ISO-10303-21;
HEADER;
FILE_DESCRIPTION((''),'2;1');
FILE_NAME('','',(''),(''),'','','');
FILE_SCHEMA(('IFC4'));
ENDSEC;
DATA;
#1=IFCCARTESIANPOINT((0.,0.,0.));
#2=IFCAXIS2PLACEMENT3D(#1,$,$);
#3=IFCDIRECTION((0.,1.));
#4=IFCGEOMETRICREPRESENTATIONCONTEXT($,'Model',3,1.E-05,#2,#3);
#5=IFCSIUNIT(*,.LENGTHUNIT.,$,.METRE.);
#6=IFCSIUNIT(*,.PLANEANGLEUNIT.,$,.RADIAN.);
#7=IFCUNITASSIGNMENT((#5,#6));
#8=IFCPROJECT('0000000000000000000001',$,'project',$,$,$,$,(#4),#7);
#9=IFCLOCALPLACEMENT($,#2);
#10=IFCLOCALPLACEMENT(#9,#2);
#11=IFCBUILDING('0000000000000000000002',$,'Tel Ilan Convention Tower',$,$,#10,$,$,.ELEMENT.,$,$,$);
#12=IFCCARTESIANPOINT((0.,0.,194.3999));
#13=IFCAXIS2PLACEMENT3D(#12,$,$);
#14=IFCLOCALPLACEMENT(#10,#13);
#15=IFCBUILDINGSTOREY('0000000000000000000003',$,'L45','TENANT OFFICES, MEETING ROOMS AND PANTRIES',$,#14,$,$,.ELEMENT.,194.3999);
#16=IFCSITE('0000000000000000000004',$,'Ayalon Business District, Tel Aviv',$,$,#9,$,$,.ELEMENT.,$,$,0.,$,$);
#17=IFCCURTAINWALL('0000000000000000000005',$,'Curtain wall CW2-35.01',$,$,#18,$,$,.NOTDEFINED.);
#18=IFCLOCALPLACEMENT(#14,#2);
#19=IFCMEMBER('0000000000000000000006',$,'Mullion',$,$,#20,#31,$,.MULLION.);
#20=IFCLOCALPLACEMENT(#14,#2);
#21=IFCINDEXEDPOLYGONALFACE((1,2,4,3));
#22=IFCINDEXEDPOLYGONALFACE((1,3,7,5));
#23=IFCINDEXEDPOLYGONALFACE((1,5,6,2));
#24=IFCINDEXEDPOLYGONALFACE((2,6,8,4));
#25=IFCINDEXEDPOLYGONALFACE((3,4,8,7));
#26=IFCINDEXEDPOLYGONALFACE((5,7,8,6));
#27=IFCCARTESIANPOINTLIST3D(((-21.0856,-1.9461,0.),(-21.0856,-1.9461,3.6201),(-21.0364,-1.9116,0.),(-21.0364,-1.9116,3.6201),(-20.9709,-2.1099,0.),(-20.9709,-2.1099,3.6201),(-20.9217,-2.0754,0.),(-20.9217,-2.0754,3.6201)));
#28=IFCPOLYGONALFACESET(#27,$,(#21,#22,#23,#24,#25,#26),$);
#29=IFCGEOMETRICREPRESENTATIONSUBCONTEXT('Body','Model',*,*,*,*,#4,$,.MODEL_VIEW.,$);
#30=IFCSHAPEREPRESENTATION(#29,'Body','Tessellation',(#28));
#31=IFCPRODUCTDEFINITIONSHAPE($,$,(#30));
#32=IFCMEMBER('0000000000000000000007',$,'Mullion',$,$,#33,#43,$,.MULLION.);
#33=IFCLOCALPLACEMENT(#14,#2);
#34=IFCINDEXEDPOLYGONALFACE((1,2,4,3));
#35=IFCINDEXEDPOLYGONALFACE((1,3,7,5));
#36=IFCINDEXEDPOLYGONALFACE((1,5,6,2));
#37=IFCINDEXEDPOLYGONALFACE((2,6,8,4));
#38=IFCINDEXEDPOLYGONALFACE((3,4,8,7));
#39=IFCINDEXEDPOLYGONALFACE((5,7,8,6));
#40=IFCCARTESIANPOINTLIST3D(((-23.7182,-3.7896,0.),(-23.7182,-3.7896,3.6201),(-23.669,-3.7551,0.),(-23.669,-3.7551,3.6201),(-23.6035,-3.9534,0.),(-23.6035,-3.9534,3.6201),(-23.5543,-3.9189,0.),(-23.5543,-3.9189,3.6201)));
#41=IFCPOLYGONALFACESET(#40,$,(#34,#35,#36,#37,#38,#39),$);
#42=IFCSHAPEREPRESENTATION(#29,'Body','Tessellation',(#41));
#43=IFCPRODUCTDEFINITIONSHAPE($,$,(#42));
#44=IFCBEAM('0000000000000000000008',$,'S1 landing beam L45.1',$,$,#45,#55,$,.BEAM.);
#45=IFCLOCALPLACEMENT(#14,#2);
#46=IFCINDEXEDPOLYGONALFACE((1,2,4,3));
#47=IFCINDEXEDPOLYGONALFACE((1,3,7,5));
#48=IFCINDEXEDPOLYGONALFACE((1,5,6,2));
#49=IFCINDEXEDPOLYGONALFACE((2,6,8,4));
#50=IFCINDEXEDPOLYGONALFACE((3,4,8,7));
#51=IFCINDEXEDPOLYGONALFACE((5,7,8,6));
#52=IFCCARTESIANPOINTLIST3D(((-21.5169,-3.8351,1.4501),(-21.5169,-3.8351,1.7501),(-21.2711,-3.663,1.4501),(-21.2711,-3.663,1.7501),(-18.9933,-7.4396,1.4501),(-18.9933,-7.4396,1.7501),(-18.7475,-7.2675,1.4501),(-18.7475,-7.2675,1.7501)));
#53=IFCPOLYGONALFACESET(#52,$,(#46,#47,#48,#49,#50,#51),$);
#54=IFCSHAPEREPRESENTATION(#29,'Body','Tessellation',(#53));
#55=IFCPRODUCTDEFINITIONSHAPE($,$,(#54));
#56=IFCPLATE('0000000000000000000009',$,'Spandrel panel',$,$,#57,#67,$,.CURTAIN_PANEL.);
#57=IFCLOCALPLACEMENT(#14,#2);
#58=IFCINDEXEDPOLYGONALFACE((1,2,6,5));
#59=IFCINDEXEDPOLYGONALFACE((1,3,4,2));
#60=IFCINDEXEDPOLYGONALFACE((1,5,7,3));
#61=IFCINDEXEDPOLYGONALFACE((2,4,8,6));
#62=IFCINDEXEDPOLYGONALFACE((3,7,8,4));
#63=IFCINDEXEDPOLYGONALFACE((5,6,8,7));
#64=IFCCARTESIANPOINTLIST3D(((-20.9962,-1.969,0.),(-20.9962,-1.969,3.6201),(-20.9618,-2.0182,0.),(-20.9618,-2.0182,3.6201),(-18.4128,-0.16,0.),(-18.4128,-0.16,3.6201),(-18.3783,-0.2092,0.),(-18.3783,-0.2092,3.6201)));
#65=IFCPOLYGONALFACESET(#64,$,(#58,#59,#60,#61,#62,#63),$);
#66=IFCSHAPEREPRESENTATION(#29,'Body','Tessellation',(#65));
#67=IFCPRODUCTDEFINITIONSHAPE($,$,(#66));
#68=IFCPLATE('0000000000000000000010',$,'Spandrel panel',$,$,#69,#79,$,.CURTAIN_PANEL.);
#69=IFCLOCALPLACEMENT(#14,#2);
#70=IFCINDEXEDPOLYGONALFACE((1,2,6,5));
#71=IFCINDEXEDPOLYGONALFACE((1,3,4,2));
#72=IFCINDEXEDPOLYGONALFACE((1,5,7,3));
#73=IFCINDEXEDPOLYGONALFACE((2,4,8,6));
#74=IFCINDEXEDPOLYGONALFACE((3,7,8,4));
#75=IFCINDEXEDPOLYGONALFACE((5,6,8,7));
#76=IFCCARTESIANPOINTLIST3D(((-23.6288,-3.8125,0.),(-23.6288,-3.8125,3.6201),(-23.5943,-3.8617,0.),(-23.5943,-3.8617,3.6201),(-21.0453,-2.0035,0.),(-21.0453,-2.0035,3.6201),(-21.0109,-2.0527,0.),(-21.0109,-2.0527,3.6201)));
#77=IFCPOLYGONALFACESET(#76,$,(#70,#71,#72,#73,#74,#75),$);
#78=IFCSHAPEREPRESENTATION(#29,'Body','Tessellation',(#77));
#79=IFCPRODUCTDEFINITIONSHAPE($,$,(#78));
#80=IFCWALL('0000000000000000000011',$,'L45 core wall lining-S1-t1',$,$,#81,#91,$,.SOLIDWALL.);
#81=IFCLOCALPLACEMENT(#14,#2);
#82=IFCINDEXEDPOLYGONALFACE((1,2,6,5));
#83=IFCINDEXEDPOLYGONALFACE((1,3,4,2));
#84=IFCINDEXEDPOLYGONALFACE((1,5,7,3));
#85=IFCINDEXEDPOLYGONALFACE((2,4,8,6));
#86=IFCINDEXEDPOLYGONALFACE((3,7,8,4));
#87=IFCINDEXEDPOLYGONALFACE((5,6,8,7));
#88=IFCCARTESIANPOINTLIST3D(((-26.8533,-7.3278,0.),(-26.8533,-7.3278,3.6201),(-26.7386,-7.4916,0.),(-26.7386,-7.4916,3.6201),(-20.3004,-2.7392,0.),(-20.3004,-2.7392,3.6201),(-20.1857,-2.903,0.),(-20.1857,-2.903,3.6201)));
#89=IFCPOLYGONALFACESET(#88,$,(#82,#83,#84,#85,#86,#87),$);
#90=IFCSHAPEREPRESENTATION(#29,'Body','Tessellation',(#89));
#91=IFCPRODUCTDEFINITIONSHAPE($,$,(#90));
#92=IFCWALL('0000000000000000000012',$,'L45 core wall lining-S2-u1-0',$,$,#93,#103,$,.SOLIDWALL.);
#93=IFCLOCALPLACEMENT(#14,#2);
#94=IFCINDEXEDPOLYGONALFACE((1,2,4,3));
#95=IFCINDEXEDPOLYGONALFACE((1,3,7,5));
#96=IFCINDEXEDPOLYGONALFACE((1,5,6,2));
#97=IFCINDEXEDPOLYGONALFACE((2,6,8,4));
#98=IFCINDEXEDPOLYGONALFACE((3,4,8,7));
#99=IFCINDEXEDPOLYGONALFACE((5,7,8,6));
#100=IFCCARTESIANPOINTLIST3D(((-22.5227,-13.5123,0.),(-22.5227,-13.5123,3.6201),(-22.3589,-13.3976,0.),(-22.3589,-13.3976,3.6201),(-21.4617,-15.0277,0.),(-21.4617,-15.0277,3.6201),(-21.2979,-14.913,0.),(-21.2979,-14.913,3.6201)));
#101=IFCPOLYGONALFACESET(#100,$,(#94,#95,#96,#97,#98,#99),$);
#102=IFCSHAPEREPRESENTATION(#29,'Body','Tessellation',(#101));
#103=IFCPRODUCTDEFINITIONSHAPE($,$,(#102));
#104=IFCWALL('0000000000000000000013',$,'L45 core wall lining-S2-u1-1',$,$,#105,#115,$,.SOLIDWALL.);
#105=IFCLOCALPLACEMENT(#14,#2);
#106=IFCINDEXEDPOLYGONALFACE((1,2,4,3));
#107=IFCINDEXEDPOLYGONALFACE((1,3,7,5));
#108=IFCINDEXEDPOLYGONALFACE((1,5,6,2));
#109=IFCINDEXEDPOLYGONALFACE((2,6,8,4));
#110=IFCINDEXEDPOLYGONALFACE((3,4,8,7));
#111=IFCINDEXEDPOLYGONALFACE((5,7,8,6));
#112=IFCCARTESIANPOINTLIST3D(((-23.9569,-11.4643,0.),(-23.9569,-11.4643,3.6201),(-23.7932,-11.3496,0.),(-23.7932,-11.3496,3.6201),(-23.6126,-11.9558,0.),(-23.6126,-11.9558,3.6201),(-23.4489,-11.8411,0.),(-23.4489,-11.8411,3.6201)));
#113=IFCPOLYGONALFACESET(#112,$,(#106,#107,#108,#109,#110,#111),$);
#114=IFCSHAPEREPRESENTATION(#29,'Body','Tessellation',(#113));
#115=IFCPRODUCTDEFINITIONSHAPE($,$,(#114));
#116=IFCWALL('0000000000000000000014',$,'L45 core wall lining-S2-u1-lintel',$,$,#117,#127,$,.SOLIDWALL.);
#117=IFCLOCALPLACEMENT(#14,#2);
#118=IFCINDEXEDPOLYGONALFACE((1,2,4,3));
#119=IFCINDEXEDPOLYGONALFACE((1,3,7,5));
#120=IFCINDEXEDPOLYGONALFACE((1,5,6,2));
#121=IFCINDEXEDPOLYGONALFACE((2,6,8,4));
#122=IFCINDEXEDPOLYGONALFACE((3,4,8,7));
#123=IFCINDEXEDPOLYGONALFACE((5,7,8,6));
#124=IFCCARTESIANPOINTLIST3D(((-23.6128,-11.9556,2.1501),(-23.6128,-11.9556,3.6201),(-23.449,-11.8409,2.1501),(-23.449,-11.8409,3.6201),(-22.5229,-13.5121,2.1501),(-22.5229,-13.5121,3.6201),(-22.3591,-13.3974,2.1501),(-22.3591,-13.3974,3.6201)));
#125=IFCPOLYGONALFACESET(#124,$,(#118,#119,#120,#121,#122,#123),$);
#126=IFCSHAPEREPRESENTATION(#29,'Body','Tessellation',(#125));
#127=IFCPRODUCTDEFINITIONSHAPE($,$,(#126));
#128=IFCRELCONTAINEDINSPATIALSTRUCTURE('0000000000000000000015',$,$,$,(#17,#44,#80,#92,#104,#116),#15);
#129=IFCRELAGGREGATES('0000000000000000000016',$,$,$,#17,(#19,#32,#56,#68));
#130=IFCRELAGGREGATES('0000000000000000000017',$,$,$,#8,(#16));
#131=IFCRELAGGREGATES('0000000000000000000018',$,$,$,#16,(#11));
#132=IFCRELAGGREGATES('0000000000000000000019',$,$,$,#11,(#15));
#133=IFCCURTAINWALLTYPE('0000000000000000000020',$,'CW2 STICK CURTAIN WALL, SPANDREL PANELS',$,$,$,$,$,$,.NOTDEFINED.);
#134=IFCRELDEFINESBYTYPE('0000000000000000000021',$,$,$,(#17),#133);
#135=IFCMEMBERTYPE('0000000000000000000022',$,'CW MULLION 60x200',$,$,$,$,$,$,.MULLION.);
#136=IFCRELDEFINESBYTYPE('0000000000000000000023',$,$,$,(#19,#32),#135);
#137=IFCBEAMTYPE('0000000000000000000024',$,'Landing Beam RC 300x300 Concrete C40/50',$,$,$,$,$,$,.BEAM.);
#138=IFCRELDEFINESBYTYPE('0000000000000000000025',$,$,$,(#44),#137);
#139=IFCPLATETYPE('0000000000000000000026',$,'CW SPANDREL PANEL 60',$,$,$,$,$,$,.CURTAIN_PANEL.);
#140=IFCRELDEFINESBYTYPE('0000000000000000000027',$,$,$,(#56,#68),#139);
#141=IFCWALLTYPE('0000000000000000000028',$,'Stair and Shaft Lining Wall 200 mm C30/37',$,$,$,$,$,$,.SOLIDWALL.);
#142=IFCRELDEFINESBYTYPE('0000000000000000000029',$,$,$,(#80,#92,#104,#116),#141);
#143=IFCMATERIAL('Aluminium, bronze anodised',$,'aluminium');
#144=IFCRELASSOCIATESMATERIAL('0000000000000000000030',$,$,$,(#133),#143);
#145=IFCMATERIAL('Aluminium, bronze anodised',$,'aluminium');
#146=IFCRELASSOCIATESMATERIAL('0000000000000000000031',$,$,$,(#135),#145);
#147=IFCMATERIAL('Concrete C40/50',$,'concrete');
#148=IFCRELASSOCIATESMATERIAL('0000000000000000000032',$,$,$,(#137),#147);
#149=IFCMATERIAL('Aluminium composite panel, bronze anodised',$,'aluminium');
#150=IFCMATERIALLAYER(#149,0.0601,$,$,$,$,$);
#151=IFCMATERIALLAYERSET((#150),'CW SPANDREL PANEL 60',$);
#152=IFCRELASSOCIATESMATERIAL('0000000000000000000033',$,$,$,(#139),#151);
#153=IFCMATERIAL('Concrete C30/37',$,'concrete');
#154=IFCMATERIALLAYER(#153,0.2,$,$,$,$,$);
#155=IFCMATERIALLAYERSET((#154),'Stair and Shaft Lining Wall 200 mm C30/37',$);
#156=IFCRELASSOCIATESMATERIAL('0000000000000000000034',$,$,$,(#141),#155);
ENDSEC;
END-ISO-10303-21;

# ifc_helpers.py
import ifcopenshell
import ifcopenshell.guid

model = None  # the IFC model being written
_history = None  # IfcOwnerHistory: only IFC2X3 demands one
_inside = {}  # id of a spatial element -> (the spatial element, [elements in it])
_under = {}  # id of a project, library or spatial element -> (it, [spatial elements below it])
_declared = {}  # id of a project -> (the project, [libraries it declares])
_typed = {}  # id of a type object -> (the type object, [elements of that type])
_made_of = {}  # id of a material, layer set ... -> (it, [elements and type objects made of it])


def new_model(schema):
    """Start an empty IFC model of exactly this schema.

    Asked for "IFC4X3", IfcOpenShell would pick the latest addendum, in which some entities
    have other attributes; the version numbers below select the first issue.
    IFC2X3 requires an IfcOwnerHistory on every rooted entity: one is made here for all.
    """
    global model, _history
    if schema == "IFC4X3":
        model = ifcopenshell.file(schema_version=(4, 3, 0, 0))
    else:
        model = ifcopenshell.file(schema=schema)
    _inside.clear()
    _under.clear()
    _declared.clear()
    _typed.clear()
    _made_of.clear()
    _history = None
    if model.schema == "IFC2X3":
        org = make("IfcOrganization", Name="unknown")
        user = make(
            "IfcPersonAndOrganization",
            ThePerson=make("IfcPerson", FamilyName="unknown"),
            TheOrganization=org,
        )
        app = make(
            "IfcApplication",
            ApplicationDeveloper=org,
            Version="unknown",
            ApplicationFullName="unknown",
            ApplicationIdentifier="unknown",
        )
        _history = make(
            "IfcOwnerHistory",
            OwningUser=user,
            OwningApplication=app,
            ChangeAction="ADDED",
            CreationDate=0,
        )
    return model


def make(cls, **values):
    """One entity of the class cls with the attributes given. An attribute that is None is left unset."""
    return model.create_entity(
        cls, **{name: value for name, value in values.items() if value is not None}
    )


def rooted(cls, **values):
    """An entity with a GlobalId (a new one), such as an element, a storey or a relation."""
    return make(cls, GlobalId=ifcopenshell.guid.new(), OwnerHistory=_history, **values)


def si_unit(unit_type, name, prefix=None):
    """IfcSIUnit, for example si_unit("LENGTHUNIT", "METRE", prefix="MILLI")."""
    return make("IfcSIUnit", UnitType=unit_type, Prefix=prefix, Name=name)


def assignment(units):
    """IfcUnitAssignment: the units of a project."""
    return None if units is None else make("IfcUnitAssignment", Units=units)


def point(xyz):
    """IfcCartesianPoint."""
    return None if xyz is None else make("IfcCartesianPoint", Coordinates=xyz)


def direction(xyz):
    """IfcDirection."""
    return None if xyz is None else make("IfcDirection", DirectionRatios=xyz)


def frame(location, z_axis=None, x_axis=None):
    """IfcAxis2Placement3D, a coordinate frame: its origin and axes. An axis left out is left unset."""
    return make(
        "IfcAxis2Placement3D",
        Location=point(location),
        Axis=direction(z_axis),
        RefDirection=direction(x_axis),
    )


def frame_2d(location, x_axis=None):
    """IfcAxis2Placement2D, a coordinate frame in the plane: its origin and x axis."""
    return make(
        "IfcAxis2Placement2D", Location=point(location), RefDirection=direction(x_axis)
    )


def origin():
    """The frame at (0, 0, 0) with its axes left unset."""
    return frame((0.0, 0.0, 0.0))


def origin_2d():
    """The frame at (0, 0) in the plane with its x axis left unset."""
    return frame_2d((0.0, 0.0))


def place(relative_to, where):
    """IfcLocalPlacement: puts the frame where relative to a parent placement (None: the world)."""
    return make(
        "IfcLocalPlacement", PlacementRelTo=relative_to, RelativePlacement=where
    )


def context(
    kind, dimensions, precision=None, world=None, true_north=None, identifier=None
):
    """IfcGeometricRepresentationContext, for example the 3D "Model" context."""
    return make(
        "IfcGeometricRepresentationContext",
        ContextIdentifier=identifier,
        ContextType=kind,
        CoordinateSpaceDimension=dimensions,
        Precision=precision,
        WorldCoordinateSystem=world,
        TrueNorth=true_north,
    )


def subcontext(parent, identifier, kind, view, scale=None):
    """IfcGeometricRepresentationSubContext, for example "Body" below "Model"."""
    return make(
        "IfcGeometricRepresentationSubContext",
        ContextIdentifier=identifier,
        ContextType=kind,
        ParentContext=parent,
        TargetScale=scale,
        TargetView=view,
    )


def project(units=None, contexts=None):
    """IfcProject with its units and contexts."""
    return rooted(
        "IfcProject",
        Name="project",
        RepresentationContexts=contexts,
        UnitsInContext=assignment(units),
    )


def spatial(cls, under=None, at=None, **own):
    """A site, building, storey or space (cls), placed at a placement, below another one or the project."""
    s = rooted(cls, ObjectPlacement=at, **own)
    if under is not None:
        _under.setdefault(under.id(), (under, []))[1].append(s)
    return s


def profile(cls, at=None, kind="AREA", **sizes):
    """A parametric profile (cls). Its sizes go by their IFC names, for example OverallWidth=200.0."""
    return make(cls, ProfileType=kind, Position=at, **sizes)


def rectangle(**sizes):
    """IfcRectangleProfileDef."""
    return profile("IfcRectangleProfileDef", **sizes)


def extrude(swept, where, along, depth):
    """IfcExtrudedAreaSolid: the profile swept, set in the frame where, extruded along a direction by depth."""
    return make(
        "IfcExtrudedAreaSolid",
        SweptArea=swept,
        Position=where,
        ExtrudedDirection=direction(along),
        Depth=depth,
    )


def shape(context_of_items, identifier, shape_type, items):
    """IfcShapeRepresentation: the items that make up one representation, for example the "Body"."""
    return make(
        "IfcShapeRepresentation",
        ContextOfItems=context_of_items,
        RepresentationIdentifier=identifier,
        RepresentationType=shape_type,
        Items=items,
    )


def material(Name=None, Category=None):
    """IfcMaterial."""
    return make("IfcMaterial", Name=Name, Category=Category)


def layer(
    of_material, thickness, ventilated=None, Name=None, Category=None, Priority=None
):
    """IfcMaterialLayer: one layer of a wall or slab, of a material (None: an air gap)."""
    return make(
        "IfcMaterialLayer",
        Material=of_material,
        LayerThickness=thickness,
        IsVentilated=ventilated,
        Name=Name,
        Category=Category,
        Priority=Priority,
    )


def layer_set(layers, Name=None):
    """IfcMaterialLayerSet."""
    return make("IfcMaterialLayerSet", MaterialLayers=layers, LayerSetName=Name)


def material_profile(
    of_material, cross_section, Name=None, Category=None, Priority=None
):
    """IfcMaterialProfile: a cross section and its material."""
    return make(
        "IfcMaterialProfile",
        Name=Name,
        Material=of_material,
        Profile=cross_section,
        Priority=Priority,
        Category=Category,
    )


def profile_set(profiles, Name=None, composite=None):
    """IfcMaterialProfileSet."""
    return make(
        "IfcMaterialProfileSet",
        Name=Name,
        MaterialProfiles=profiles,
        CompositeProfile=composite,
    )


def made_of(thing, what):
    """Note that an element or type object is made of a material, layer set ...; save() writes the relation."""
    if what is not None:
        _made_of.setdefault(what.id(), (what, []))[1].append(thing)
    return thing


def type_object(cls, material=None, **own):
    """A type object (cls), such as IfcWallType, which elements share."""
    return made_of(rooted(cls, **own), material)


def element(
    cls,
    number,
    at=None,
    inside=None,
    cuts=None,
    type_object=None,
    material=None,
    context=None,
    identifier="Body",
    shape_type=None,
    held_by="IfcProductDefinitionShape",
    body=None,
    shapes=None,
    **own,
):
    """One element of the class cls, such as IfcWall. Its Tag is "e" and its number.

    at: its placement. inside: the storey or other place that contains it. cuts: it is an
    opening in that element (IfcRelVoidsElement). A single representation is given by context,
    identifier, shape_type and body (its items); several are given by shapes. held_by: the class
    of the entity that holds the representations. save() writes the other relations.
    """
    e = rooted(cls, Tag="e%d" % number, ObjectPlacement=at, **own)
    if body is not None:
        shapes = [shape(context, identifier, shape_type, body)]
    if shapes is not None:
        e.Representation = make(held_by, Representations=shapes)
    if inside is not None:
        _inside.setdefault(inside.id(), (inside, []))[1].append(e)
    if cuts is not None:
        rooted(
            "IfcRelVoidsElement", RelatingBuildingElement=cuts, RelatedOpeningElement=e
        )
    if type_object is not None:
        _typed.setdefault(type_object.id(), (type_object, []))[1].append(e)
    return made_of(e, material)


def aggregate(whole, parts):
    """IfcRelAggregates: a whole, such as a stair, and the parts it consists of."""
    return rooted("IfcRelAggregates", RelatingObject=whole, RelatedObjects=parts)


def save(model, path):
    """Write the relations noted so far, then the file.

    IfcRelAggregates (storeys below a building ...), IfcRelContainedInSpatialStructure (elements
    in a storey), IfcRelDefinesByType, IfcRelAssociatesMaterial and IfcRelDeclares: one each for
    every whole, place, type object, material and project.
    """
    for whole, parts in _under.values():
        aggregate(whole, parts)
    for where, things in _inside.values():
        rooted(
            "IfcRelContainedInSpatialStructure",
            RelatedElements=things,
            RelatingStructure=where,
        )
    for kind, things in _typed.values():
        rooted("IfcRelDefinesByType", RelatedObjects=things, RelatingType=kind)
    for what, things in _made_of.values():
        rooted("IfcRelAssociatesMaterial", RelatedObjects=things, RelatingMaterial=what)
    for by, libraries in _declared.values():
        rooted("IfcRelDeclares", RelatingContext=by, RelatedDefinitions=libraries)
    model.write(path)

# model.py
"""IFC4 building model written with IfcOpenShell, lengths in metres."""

from ifc_helpers import new_model, si_unit, direction, frame, frame_2d, origin, origin_2d, place, context, subcontext, project, spatial, rectangle, extrude, material, layer, layer_set, material_profile, profile_set, type_object, element, aggregate, save


model = new_model("IFC4")

# Units and contexts
model_context = context("Model", 3, precision=1e-05, world=origin(), true_north=direction((0.0, 1.0)))
body_context = subcontext(model_context, "Body", "Model", "MODEL_VIEW")
ifc_project = project(units=[si_unit("LENGTHUNIT", "METRE"), si_unit("PLANEANGLEUNIT", "RADIAN")], contexts=[model_context])

# Site, building, storey
site_placement = place(None, origin())
site = spatial("IfcSite", under=ifc_project, at=site_placement, Name="Ayalon Business District, Tel Aviv", CompositionType="ELEMENT", RefElevation=0.0)
building_placement = place(site_placement, origin())
building = spatial("IfcBuilding", under=site, at=building_placement, Name="Tel Ilan Convention Tower", CompositionType="ELEMENT")
storey_placement = place(building_placement, frame((0.0, 0.0, 194.3999)))
storey = spatial("IfcBuildingStorey", under=building, at=storey_placement, Name="L45", Description="TENANT OFFICES, MEETING ROOMS AND PANTRIES", CompositionType="ELEMENT", Elevation=194.3999)

# Curtain wall, members
ifc_material_1 = material(Name="Aluminium, bronze anodised", Category="aluminium")
curtain_wall_type = type_object("IfcCurtainWallType", Name="CW2 STICK CURTAIN WALL, SPANDREL PANELS", PredefinedType="NOTDEFINED", material=ifc_material_1)
curtain_wall_placement = place(storey_placement, origin())
curtain_wall = element("IfcCurtainWall", 1, at=curtain_wall_placement, inside=storey, type_object=curtain_wall_type, Name="Curtain wall CW2-35.01", PredefinedType="NOTDEFINED")
ifc_material_2 = material(Name="Aluminium, bronze anodised", Category="aluminium")
ifc_material_profile_1 = material_profile(ifc_material_2, rectangle(XDim=0.0601, YDim=0.2, at=origin_2d()), Name="CW MULLION 60x200")
ifc_profile_set_1 = profile_set([ifc_material_profile_1], Name="Aluminium, bronze anodised")
member_type = type_object("IfcMemberType", Name="CW MULLION 60x200", PredefinedType="MULLION", material=ifc_profile_set_1)
member_1_placement = place(storey_placement, frame((-21.0037, -2.0107, 0.0), z_axis=(0.0, 0.0, 1.0), x_axis=(-0.819152, -0.573576, 0.0)))
member_1 = element("IfcMember", 2, at=member_1_placement, type_object=member_type, Name="Mullion", PredefinedType="MULLION", context=body_context, shape_type="SweptSolid", body=[
    extrude(rectangle(XDim=0.0601, YDim=0.2, at=origin_2d()), origin(), (0.0, 0.0, 1.0), 3.6201),
])
member_2_placement = place(storey_placement, frame((-23.6362, -3.8542, 0.0), z_axis=(0.0, 0.0, 1.0), x_axis=(-0.819152, -0.573576, 0.0)))
member_2 = element("IfcMember", 3, at=member_2_placement, type_object=member_type, Name="Mullion", PredefinedType="MULLION", context=body_context, shape_type="SweptSolid", body=[
    extrude(rectangle(XDim=0.0601, YDim=0.2, at=origin_2d()), origin(), (0.0, 0.0, 1.0), 3.6201),
])

# Beam
ifc_material_3 = material(Name="Concrete C40/50", Category="concrete")
ifc_material_profile_2 = material_profile(ifc_material_3, rectangle(XDim=0.3, YDim=0.3, at=origin_2d()), Name="RC 300x300")
ifc_profile_set_2 = profile_set([ifc_material_profile_2], Name="Concrete C40/50")
beam_type = type_object("IfcBeamType", Name="Landing Beam RC 300x300 Concrete C40/50", PredefinedType="BEAM", material=ifc_profile_set_2)
beam_placement = place(storey_placement, frame((-18.8704, -7.3535, 1.6001), z_axis=(-0.573544, 0.819175, 0.0), x_axis=(-0.819175, -0.573544, 0.0)))
element("IfcBeam", 4, at=beam_placement, inside=storey, type_object=beam_type, Name="S1 landing beam L45.1", PredefinedType="BEAM", context=body_context, shape_type="SweptSolid", body=[
    extrude(rectangle(XDim=0.3, YDim=0.3, at=origin_2d()), origin(), (0.0, 0.0, 1.0), 4.4001),
])

# Plates
ifc_material_4 = material(Name="Aluminium composite panel, bronze anodised", Category="aluminium")
ifc_layer_1 = layer(ifc_material_4, 0.0601)
ifc_layer_set_1 = layer_set([ifc_layer_1], Name="CW SPANDREL PANEL 60")
plate_type = type_object("IfcPlateType", Name="CW SPANDREL PANEL 60", PredefinedType="CURTAIN_PANEL", material=ifc_layer_set_1)
plate_1_placement = place(storey_placement, frame((-19.6873, -1.0891, 0.0), z_axis=(0.0, 0.0, 1.0), x_axis=(-0.819152, -0.573576, 0.0)))
plate_1 = element("IfcPlate", 5, at=plate_1_placement, type_object=plate_type, Name="Spandrel panel", PredefinedType="CURTAIN_PANEL", context=body_context, shape_type="SweptSolid", body=[
    extrude(rectangle(XDim=3.1538, YDim=0.0601, at=origin_2d()), origin(), (0.0, 0.0, 1.0), 3.6201),
])
plate_2_placement = place(storey_placement, frame((-22.3198, -2.9326, 0.0), z_axis=(0.0, 0.0, 1.0), x_axis=(-0.819152, -0.573576, 0.0)))
plate_2 = element("IfcPlate", 6, at=plate_2_placement, type_object=plate_type, Name="Spandrel panel", PredefinedType="CURTAIN_PANEL", context=body_context, shape_type="SweptSolid", body=[
    extrude(rectangle(XDim=3.1538, YDim=0.0601, at=origin_2d()), origin(), (0.0, 0.0, 1.0), 3.6201),
])
aggregate(curtain_wall, [member_1, member_2, plate_1, plate_2])

# Walls
ifc_material_5 = material(Name="Concrete C30/37", Category="concrete")
ifc_layer_2 = layer(ifc_material_5, 0.2)
ifc_layer_set_2 = layer_set([ifc_layer_2], Name="Stair and Shaft Lining Wall 200 mm C30/37")
wall_type = type_object("IfcWallType", Name="Stair and Shaft Lining Wall 200 mm C30/37", PredefinedType="SOLIDWALL", material=ifc_layer_set_2)
wall_1_placement = place(storey_placement, frame((-20.2429, -2.821, 0.0), z_axis=(0.0, 0.0, 1.0), x_axis=(-0.819142, -0.573591, 0.0)))
element("IfcWall", 7, at=wall_1_placement, inside=storey, type_object=wall_type, Name="L45 core wall lining-S1-t1", PredefinedType="SOLIDWALL", context=body_context, shape_type="SweptSolid", body=[
    extrude(rectangle(XDim=7.9998, YDim=0.2, at=frame_2d((4.0, 0.0))), origin(), (0.0, 0.0, 1.0), 3.6201),
])
wall_2_placement = place(storey_placement, frame((-21.3799, -14.9702, 0.0), z_axis=(0.0, 0.0, 1.0), x_axis=(-0.57356, 0.819164, 0.0)))
element("IfcWall", 8, at=wall_2_placement, inside=storey, type_object=wall_type, Name="L45 core wall lining-S2-u1-0", PredefinedType="SOLIDWALL", context=body_context, shape_type="SweptSolid", body=[
    extrude(rectangle(XDim=1.8499, YDim=0.2, at=frame_2d((0.9248, 0.0))), origin(), (0.0, 0.0, 1.0), 3.6201),
])
wall_3_placement = place(storey_placement, frame((-23.5308, -11.8984, 0.0), z_axis=(0.0, 0.0, 1.0), x_axis=(-0.573708, 0.81906, 0.0)))
element("IfcWall", 9, at=wall_3_placement, inside=storey, type_object=wall_type, Name="L45 core wall lining-S2-u1-1", PredefinedType="SOLIDWALL", context=body_context, shape_type="SweptSolid", body=[
    extrude(rectangle(XDim=0.6001, YDim=0.2, at=frame_2d((0.3, 0.0))), origin(), (0.0, 0.0, 1.0), 3.6201),
])
wall_4_placement = place(storey_placement, frame((-22.4409, -13.4548, 2.1501), z_axis=(0.0, 0.0, 1.0), x_axis=(-0.573592, 0.819141, 0.0)))
element("IfcWall", 10, at=wall_4_placement, inside=storey, type_object=wall_type, Name="L45 core wall lining-S2-u1-lintel", PredefinedType="SOLIDWALL", context=body_context, shape_type="SweptSolid", body=[
    extrude(rectangle(XDim=1.9001, YDim=0.2, at=frame_2d((0.9502, 0.0))), origin(), (0.0, 0.0, 1.0), 1.47),
])

save(model, "model.ifc")
